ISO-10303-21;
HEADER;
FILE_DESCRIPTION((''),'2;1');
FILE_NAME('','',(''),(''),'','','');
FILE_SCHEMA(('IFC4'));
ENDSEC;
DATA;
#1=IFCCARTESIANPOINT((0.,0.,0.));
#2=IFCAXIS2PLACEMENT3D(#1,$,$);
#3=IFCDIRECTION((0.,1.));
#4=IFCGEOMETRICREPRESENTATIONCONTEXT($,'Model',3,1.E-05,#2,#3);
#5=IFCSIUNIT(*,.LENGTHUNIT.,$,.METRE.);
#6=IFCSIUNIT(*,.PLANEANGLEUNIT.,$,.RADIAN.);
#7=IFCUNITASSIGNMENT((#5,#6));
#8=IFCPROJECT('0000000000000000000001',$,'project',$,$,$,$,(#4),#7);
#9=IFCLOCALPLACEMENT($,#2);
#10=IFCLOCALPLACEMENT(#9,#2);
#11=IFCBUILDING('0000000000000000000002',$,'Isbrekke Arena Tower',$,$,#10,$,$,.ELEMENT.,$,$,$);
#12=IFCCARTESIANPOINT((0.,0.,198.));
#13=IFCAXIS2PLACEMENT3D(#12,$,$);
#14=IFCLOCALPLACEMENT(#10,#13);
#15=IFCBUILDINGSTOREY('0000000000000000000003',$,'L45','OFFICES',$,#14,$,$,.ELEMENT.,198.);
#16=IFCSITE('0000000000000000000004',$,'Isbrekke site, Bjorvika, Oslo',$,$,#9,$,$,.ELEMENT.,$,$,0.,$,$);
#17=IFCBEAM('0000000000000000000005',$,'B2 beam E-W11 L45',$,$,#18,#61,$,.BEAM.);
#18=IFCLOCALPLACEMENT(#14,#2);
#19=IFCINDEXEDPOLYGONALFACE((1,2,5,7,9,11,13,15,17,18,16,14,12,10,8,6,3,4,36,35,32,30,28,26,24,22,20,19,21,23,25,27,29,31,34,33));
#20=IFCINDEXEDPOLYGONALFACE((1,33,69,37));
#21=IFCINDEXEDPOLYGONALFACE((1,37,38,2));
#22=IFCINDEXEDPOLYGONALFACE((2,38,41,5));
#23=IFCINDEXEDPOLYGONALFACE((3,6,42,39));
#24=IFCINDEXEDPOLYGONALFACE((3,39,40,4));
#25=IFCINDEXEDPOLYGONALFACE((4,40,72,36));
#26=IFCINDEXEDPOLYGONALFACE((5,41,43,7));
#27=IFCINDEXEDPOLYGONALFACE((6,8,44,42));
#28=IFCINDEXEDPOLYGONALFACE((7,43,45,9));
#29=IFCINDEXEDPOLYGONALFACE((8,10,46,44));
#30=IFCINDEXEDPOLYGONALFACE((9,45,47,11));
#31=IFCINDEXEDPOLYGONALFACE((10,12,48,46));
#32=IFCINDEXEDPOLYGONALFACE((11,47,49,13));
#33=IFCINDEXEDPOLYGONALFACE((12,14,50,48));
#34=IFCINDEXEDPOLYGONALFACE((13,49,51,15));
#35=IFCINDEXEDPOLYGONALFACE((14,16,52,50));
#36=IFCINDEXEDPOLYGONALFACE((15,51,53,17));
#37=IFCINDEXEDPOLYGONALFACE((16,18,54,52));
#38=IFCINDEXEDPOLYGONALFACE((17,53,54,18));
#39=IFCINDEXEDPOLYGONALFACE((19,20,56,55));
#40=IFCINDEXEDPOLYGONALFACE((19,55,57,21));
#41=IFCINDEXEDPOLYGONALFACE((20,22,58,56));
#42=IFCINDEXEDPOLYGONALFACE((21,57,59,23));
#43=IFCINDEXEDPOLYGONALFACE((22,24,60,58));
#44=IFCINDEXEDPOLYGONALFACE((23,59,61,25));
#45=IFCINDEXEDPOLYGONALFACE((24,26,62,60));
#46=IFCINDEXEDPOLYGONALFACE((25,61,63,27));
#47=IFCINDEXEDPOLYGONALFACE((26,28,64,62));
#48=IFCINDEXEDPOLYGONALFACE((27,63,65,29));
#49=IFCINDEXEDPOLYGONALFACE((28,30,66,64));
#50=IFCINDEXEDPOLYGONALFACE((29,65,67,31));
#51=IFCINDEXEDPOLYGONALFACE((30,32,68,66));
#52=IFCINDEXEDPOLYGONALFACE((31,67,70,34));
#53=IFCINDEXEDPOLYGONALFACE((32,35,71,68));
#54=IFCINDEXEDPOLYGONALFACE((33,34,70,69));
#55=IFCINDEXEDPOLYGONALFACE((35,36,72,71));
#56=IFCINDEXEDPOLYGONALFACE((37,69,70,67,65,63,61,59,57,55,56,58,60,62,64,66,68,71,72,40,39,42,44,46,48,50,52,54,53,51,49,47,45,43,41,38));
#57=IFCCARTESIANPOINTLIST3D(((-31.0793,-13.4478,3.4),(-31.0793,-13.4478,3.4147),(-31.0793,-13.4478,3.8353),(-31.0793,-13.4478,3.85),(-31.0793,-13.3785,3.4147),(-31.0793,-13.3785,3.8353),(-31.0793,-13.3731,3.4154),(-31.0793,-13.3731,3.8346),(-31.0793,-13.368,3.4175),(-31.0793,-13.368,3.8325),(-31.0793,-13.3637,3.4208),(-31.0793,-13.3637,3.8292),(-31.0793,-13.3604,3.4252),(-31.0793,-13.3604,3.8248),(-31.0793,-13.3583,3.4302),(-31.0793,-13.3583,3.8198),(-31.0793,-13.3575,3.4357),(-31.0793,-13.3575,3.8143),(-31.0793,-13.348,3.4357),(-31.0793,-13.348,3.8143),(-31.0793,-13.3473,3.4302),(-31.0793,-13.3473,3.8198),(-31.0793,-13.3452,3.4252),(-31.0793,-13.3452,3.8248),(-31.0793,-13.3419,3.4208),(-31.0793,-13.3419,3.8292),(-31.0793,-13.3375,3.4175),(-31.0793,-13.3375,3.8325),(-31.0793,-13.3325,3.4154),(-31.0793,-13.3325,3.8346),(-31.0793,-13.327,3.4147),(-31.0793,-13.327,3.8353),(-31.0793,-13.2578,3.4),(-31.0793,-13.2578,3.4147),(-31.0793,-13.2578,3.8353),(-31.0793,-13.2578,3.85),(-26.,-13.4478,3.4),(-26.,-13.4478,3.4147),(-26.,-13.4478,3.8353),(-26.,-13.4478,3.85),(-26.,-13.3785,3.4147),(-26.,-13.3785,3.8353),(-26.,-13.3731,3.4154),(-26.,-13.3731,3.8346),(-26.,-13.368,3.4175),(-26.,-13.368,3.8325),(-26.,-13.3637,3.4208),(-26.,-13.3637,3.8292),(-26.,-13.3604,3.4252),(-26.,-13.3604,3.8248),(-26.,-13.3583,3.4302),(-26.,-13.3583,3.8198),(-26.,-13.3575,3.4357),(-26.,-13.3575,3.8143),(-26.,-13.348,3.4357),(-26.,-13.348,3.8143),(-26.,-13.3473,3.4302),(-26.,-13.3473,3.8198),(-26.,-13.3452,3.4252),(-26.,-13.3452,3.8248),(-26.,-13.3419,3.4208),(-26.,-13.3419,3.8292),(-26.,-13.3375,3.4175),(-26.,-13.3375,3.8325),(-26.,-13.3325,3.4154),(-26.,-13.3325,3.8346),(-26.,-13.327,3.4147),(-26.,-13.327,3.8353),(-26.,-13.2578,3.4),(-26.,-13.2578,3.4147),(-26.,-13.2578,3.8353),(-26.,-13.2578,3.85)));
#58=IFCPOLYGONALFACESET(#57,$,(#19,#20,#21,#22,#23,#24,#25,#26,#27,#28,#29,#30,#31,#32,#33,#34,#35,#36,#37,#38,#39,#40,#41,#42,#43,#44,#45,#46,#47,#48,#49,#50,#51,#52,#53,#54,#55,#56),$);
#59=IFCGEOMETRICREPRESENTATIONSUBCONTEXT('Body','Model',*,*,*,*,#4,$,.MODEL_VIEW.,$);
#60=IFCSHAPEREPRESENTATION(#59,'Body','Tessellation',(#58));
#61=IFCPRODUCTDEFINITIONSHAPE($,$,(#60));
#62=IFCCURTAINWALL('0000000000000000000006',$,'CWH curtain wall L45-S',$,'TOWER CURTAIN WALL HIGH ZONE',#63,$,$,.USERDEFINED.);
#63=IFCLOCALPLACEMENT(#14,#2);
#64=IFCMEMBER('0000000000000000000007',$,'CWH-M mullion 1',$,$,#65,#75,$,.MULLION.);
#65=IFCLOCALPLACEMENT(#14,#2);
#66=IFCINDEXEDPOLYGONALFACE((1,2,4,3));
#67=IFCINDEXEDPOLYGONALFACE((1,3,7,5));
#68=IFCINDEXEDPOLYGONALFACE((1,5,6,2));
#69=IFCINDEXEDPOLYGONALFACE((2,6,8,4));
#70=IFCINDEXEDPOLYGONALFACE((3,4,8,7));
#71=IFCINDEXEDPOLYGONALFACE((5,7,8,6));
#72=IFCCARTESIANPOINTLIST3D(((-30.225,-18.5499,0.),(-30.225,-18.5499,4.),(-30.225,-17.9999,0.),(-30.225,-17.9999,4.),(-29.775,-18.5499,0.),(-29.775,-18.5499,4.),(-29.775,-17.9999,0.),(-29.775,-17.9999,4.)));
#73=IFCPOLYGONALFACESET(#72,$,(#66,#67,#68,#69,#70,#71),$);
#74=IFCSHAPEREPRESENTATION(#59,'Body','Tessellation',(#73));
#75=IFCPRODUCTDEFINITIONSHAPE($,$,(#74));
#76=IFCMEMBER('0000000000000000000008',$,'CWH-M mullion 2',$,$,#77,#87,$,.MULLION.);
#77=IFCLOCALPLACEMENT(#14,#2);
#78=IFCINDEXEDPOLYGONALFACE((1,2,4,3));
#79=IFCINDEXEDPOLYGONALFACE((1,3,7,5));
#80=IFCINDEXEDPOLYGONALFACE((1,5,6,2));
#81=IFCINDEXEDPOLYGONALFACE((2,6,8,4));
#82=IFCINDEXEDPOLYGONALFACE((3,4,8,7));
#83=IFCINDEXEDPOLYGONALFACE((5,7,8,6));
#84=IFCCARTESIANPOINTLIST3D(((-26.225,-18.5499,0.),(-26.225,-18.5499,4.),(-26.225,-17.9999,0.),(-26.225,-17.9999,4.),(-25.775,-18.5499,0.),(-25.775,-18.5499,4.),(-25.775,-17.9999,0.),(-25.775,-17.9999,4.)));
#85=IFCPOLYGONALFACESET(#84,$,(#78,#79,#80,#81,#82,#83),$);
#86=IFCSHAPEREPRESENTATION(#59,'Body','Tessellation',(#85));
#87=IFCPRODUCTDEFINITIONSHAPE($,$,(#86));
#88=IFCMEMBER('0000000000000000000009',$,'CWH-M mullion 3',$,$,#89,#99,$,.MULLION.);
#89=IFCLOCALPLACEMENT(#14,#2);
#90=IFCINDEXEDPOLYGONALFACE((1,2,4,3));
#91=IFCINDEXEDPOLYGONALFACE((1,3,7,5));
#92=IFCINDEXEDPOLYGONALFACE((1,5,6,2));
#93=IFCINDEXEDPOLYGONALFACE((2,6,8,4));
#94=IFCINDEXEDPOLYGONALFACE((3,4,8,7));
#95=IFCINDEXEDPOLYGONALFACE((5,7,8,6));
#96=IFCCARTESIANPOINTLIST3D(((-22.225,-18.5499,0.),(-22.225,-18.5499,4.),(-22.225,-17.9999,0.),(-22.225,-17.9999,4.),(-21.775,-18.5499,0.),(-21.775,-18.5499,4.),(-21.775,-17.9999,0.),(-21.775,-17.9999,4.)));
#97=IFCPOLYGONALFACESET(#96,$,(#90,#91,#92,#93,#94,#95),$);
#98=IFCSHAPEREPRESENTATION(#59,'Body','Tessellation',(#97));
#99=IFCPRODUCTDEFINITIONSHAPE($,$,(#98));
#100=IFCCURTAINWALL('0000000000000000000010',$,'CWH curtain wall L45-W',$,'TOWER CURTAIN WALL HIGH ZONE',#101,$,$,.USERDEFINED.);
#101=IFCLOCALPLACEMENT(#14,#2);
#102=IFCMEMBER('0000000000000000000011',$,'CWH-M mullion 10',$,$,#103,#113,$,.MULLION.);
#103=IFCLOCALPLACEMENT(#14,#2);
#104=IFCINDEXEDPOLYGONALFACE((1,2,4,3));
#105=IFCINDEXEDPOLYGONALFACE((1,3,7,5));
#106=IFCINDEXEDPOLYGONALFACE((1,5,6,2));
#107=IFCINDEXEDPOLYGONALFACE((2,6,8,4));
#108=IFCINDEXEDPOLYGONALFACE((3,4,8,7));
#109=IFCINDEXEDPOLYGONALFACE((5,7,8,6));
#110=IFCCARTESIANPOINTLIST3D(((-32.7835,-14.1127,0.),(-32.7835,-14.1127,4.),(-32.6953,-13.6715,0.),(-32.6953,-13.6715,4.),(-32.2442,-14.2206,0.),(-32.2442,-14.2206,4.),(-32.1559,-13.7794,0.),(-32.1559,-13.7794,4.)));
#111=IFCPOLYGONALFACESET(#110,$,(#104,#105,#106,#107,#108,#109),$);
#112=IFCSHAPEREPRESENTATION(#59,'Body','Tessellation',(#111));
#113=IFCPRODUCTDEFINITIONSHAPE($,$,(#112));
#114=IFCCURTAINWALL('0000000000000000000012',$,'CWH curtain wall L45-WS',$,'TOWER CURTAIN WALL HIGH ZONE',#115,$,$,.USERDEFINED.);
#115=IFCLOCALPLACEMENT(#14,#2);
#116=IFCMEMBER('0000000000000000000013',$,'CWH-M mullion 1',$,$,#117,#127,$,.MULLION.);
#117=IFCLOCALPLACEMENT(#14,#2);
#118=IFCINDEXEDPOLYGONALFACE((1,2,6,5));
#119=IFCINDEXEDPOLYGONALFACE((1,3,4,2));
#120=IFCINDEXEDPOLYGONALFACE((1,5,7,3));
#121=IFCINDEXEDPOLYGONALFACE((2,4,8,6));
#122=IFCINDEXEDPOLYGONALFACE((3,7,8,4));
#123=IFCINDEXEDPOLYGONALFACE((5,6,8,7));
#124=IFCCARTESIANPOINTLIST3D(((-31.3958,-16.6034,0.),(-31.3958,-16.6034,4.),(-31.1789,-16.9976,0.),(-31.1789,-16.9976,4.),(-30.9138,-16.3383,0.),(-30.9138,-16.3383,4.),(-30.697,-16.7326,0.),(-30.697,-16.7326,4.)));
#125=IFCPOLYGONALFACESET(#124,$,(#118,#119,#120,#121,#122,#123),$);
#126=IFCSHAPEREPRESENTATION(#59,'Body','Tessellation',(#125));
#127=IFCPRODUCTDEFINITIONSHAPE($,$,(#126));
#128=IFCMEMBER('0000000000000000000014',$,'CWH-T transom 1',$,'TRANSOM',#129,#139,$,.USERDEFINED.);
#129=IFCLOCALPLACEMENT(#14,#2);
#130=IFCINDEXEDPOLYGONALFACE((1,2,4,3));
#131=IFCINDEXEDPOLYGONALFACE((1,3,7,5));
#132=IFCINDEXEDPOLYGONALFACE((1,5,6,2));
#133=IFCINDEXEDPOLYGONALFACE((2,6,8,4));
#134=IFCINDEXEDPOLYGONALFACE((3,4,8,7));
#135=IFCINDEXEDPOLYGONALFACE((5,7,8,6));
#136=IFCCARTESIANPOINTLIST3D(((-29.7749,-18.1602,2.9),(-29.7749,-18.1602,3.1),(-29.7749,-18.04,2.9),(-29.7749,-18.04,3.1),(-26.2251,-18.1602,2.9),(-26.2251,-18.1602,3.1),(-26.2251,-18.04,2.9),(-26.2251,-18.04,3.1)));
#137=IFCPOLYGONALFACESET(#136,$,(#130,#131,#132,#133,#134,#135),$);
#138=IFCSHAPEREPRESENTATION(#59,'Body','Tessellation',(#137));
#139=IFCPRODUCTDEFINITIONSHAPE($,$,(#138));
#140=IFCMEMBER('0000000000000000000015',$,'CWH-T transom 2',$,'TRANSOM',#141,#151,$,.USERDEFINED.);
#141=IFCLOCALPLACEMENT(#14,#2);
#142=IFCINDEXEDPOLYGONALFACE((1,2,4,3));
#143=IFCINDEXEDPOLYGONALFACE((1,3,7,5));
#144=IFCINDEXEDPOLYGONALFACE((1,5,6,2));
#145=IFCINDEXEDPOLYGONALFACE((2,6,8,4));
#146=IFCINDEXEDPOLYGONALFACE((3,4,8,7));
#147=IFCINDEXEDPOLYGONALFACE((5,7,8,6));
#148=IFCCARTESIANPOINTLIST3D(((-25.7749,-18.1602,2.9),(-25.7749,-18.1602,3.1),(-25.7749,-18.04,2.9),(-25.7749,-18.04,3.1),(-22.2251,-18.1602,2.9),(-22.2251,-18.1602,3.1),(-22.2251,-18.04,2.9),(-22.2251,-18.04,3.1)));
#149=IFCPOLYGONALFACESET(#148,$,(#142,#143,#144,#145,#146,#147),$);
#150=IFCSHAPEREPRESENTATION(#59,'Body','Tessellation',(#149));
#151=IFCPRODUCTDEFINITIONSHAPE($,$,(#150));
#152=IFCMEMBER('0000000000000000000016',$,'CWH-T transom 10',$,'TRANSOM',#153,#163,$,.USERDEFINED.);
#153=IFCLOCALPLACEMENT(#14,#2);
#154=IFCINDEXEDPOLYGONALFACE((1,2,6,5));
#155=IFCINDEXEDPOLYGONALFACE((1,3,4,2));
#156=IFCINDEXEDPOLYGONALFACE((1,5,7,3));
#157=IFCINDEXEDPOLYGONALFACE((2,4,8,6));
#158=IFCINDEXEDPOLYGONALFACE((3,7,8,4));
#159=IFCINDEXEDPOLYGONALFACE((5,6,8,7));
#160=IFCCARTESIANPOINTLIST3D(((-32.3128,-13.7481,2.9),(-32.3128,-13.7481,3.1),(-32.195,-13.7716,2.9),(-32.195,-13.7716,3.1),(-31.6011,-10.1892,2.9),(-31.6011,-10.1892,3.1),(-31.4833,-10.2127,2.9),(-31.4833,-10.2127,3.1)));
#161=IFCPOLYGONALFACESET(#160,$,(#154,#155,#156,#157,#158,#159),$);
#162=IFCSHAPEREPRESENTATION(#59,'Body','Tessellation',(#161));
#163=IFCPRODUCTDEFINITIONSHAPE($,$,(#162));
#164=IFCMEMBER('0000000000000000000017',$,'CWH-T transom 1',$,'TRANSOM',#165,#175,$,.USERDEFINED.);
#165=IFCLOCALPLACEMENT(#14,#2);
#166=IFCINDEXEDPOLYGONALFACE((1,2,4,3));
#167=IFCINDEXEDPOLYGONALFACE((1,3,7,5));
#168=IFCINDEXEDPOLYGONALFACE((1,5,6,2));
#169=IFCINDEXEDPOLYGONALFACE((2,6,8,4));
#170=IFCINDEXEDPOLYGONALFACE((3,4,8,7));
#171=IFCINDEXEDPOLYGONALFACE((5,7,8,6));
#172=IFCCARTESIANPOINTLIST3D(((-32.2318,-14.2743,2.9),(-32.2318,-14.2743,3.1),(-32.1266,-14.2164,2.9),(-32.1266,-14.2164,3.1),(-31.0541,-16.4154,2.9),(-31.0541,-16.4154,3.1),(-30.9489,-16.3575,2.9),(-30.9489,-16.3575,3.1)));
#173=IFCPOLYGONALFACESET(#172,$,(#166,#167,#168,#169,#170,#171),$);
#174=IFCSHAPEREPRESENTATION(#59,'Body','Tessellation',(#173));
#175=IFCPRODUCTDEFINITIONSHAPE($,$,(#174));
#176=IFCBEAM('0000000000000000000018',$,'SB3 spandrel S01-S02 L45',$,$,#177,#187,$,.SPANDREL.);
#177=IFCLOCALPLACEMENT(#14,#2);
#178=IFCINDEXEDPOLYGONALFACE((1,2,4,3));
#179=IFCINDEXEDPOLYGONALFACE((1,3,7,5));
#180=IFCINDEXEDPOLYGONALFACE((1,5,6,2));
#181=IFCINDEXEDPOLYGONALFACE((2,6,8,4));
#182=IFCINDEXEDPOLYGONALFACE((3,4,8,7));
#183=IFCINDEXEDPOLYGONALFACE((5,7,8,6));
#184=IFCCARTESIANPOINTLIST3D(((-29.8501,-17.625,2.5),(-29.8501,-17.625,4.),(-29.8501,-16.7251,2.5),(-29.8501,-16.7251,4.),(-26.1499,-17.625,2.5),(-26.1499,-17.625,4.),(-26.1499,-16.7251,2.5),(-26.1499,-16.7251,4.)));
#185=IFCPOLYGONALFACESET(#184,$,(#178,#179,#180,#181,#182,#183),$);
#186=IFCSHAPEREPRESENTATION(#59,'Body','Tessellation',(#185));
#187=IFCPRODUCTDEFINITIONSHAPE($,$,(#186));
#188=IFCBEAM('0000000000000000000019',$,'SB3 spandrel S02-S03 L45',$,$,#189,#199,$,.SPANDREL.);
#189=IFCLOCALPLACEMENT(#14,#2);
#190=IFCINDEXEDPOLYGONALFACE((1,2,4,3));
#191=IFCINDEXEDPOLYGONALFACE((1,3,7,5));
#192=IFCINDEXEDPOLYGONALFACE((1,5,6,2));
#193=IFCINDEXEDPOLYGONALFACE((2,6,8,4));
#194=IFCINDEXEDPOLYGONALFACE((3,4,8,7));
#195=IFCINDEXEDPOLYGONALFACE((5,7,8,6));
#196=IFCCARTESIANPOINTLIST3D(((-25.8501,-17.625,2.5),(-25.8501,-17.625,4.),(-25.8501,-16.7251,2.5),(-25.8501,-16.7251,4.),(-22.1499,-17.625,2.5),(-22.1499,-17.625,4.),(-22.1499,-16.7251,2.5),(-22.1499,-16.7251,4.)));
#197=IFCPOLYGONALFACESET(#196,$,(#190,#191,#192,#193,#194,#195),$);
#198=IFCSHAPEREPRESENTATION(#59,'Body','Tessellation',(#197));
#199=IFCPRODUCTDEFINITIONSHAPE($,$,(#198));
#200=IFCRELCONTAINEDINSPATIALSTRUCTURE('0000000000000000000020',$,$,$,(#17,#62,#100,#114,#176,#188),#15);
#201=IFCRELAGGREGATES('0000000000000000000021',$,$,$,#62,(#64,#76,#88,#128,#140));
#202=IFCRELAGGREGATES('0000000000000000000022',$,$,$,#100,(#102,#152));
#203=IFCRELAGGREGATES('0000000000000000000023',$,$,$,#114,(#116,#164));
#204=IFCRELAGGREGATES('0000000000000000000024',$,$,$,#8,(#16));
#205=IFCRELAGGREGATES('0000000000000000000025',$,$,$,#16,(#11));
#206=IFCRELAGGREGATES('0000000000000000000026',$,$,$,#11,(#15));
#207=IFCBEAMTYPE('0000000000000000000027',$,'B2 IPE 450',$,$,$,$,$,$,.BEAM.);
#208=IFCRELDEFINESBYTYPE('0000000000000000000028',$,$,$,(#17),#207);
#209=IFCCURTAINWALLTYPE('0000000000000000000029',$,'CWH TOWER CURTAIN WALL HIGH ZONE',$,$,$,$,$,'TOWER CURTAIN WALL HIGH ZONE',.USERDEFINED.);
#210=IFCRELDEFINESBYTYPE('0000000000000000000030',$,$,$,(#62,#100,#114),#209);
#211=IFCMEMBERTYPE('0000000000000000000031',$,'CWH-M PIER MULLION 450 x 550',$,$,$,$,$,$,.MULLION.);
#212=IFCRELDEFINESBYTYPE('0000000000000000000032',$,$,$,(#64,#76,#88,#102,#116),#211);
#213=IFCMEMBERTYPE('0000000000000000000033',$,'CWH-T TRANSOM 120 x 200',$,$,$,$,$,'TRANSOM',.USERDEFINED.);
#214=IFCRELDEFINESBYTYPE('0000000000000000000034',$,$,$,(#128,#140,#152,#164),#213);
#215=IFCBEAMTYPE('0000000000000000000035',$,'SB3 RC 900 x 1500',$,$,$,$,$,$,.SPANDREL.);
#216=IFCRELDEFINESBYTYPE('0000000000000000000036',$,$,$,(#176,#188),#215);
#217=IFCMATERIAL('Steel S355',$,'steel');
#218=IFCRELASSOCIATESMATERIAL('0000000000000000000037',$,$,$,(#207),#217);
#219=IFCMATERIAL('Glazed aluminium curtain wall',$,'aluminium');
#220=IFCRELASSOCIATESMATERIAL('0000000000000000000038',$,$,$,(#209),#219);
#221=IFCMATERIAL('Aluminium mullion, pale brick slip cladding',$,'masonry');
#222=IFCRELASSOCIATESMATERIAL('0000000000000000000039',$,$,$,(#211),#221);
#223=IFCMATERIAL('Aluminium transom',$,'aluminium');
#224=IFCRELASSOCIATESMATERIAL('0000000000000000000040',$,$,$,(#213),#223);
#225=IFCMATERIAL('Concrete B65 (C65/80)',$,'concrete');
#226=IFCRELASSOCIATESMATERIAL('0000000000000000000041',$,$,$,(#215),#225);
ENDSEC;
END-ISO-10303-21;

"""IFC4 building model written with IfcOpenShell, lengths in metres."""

from ifc_helpers import new_model, si_unit, direction, frame, origin, origin_2d, place, context, subcontext, project, spatial, rectangle, i_section, extrude, material, material_profile, profile_set, type_object, element, aggregate, save


model = new_model("IFC4")

# Units and contexts
model_context = context("Model", 3, precision=1e-05, world=origin(), true_north=direction((0.0, 1.0)))
body_context = subcontext(model_context, "Body", "Model", "MODEL_VIEW")
ifc_project = project(units=[si_unit("LENGTHUNIT", "METRE"), si_unit("PLANEANGLEUNIT", "RADIAN")], contexts=[model_context])

# Site, building, storey
site_placement = place(None, origin())
site = spatial("IfcSite", under=ifc_project, at=site_placement, Name="Isbrekke site, Bjorvika, Oslo", CompositionType="ELEMENT", RefElevation=0.0)
building_placement = place(site_placement, origin())
building = spatial("IfcBuilding", under=site, at=building_placement, Name="Isbrekke Arena Tower", CompositionType="ELEMENT")
storey_placement = place(building_placement, frame((0.0, 0.0, 198.0)))
storey = spatial("IfcBuildingStorey", under=building, at=storey_placement, Name="L45", Description="OFFICES", CompositionType="ELEMENT", Elevation=198.0)

# Beam
ifc_material_1 = material(Name="Steel S355", Category="steel")
ifc_material_profile_1 = material_profile(ifc_material_1, i_section(OverallWidth=0.1899, OverallDepth=0.45, WebThickness=0.0095, FlangeThickness=0.0146, FilletRadius=0.021, at=origin_2d()), Name="IPE 450")
ifc_profile_set_1 = profile_set([ifc_material_profile_1], Name="Steel S355")
beam_type_1 = type_object("IfcBeamType", Name="B2 IPE 450", PredefinedType="BEAM", material=ifc_profile_set_1)
beam_1_placement = place(storey_placement, frame((-31.0793, -13.3528, 3.625), z_axis=(1.0, 0.0, 0.0), x_axis=(0.0, 1.0, 0.0)))
element("IfcBeam", 1, at=beam_1_placement, inside=storey, type_object=beam_type_1, Name="B2 beam E-W11 L45", PredefinedType="BEAM", context=body_context, shape_type="SweptSolid", body=[
    extrude(i_section(OverallWidth=0.1899, OverallDepth=0.45, WebThickness=0.0095, FlangeThickness=0.0146, FilletRadius=0.021, at=origin_2d()), origin(), (0.0, 0.0, 1.0), 5.0793),
])

# Curtain wall, members
ifc_material_2 = material(Name="Glazed aluminium curtain wall", Category="aluminium")
curtain_wall_type = type_object("IfcCurtainWallType", Name="CWH TOWER CURTAIN WALL HIGH ZONE", ElementType="TOWER CURTAIN WALL HIGH ZONE", PredefinedType="USERDEFINED", material=ifc_material_2)
curtain_wall_1_placement = place(storey_placement, origin())
curtain_wall_1 = element("IfcCurtainWall", 2, at=curtain_wall_1_placement, inside=storey, type_object=curtain_wall_type, Name="CWH curtain wall L45-S", ObjectType="TOWER CURTAIN WALL HIGH ZONE", PredefinedType="USERDEFINED")
ifc_material_3 = material(Name="Aluminium mullion, pale brick slip cladding", Category="masonry")
ifc_material_profile_2 = material_profile(ifc_material_3, rectangle(XDim=0.45, YDim=0.55, at=origin_2d()), Name="PIER 450X550")
ifc_profile_set_2 = profile_set([ifc_material_profile_2], Name="Aluminium mullion, pale brick slip cladding")
member_type_1 = type_object("IfcMemberType", Name="CWH-M PIER MULLION 450 x 550", PredefinedType="MULLION", material=ifc_profile_set_2)
member_1_placement = place(storey_placement, frame((-30.0, -18.2749, 0.0), z_axis=(0.0, 0.0, 1.0), x_axis=(1.0, 0.0, 0.0)))
member_1 = element("IfcMember", 3, at=member_1_placement, type_object=member_type_1, Name="CWH-M mullion 1", PredefinedType="MULLION", context=body_context, shape_type="SweptSolid", body=[
    extrude(rectangle(XDim=0.45, YDim=0.55, at=origin_2d()), origin(), (0.0, 0.0, 1.0), 4.0),
])
member_2_placement = place(storey_placement, frame((-26.0, -18.2749, 0.0), z_axis=(0.0, 0.0, 1.0), x_axis=(1.0, 0.0, 0.0)))
member_2 = element("IfcMember", 4, at=member_2_placement, type_object=member_type_1, Name="CWH-M mullion 2", PredefinedType="MULLION", context=body_context, shape_type="SweptSolid", body=[
    extrude(rectangle(XDim=0.45, YDim=0.55, at=origin_2d()), origin(), (0.0, 0.0, 1.0), 4.0),
])
member_3_placement = place(storey_placement, frame((-22.0, -18.2749, 0.0), z_axis=(0.0, 0.0, 1.0), x_axis=(1.0, 0.0, 0.0)))
member_3 = element("IfcMember", 5, at=member_3_placement, type_object=member_type_1, Name="CWH-M mullion 3", PredefinedType="MULLION", context=body_context, shape_type="SweptSolid", body=[
    extrude(rectangle(XDim=0.45, YDim=0.55, at=origin_2d()), origin(), (0.0, 0.0, 1.0), 4.0),
])

# Curtain walls, members
curtain_wall_2_placement = place(storey_placement, origin())
curtain_wall_2 = element("IfcCurtainWall", 6, at=curtain_wall_2_placement, inside=storey, type_object=curtain_wall_type, Name="CWH curtain wall L45-W", ObjectType="TOWER CURTAIN WALL HIGH ZONE", PredefinedType="USERDEFINED")
member_4_placement = place(storey_placement, frame((-32.4697, -13.946, 0.0), z_axis=(0.0, 0.0, 1.0), x_axis=(-0.196116, -0.980581, 0.0)))
member_4 = element("IfcMember", 7, at=member_4_placement, type_object=member_type_1, Name="CWH-M mullion 10", PredefinedType="MULLION", context=body_context, shape_type="SweptSolid", body=[
    extrude(rectangle(XDim=0.45, YDim=0.55, at=origin_2d()), origin(), (0.0, 0.0, 1.0), 4.0),
])
curtain_wall_3_placement = place(storey_placement, origin())
curtain_wall_3 = element("IfcCurtainWall", 8, at=curtain_wall_3_placement, inside=storey, type_object=curtain_wall_type, Name="CWH curtain wall L45-WS", ObjectType="TOWER CURTAIN WALL HIGH ZONE", PredefinedType="USERDEFINED")
member_5_placement = place(storey_placement, frame((-31.0464, -16.668, 0.0), z_axis=(0.0, 0.0, 1.0), x_axis=(0.481919, -0.876216, 0.0)))
member_5 = element("IfcMember", 9, at=member_5_placement, type_object=member_type_1, Name="CWH-M mullion 1", PredefinedType="MULLION", context=body_context, shape_type="SweptSolid", body=[
    extrude(rectangle(XDim=0.45, YDim=0.55, at=origin_2d()), origin(), (0.0, 0.0, 1.0), 4.0),
])

# Members
ifc_material_4 = material(Name="Aluminium transom", Category="aluminium")
ifc_material_profile_3 = material_profile(ifc_material_4, rectangle(XDim=0.1201, YDim=0.2, at=origin_2d()), Name="TRANSOM 120X200")
ifc_profile_set_3 = profile_set([ifc_material_profile_3], Name="Aluminium transom")
member_type_2 = type_object("IfcMemberType", Name="CWH-T TRANSOM 120 x 200", ElementType="TRANSOM", PredefinedType="USERDEFINED", material=ifc_profile_set_3)
member_6_placement = place(storey_placement, frame((-29.7749, -18.1001, 3.0), z_axis=(1.0, 0.0, 0.0), x_axis=(0.0, 1.0, 0.0)))
member_6 = element("IfcMember", 10, at=member_6_placement, type_object=member_type_2, Name="CWH-T transom 1", ObjectType="TRANSOM", PredefinedType="USERDEFINED", context=body_context, shape_type="SweptSolid", body=[
    extrude(rectangle(XDim=0.1201, YDim=0.2, at=origin_2d()), origin(), (0.0, 0.0, 1.0), 3.5498),
])
member_7_placement = place(storey_placement, frame((-25.7749, -18.1001, 3.0), z_axis=(1.0, 0.0, 0.0), x_axis=(0.0, 1.0, 0.0)))
member_7 = element("IfcMember", 11, at=member_7_placement, type_object=member_type_2, Name="CWH-T transom 2", ObjectType="TRANSOM", PredefinedType="USERDEFINED", context=body_context, shape_type="SweptSolid", body=[
    extrude(rectangle(XDim=0.1201, YDim=0.2, at=origin_2d()), origin(), (0.0, 0.0, 1.0), 3.5498),
])
member_8_placement = place(storey_placement, frame((-31.5422, -10.2009, 3.0), z_axis=(-0.19609, -0.980586, 0.0), x_axis=(0.980586, -0.19609, 0.0)))
member_8 = element("IfcMember", 12, at=member_8_placement, type_object=member_type_2, Name="CWH-T transom 10", ObjectType="TRANSOM", PredefinedType="USERDEFINED", context=body_context, shape_type="SweptSolid", body=[
    extrude(rectangle(XDim=0.1201, YDim=0.2, at=origin_2d()), origin(), (0.0, 0.0, 1.0), 3.6294),
])
member_9_placement = place(storey_placement, frame((-32.1792, -14.2454, 3.0), z_axis=(0.481957, -0.876195, 0.0), x_axis=(0.876195, 0.481957, 0.0)))
member_9 = element("IfcMember", 13, at=member_9_placement, type_object=member_type_2, Name="CWH-T transom 1", ObjectType="TRANSOM", PredefinedType="USERDEFINED", context=body_context, shape_type="SweptSolid", body=[
    extrude(rectangle(XDim=0.1201, YDim=0.2, at=origin_2d()), origin(), (0.0, 0.0, 1.0), 2.4436),
])

# Beams
ifc_material_5 = material(Name="Concrete B65 (C65/80)", Category="concrete")
ifc_material_profile_4 = material_profile(ifc_material_5, rectangle(XDim=0.8999, YDim=1.5, at=origin_2d()), Name="RC 900x1500")
ifc_profile_set_4 = profile_set([ifc_material_profile_4], Name="Concrete B65 (C65/80)")
beam_type_2 = type_object("IfcBeamType", Name="SB3 RC 900 x 1500", PredefinedType="SPANDREL", material=ifc_profile_set_4)
for number, where, z_axis, x_axis, name in (
    (14, (-29.8501, -17.175, 3.25), (1.0, 0.0, 0.0), (0.0, 1.0, 0.0), "SB3 spandrel S01-S02 L45"),
    (15, (-25.8501, -17.175, 3.25), (1.0, 0.0, 0.0), (0.0, 1.0, 0.0), "SB3 spandrel S02-S03 L45"),
):
    element("IfcBeam", number, at=place(storey_placement, frame(where, z_axis=z_axis, x_axis=x_axis)), inside=storey, type_object=beam_type_2, Name=name, PredefinedType="SPANDREL", context=body_context, shape_type="SweptSolid", body=[
        extrude(rectangle(XDim=0.8999, YDim=1.5, at=origin_2d()), origin(), (0.0, 0.0, 1.0), 3.7002),
    ])

aggregate(curtain_wall_1, [member_1, member_2, member_3, member_6, member_7])
aggregate(curtain_wall_2, [member_4, member_8])
aggregate(curtain_wall_3, [member_5, member_9])

save(model, "model.ifc")
